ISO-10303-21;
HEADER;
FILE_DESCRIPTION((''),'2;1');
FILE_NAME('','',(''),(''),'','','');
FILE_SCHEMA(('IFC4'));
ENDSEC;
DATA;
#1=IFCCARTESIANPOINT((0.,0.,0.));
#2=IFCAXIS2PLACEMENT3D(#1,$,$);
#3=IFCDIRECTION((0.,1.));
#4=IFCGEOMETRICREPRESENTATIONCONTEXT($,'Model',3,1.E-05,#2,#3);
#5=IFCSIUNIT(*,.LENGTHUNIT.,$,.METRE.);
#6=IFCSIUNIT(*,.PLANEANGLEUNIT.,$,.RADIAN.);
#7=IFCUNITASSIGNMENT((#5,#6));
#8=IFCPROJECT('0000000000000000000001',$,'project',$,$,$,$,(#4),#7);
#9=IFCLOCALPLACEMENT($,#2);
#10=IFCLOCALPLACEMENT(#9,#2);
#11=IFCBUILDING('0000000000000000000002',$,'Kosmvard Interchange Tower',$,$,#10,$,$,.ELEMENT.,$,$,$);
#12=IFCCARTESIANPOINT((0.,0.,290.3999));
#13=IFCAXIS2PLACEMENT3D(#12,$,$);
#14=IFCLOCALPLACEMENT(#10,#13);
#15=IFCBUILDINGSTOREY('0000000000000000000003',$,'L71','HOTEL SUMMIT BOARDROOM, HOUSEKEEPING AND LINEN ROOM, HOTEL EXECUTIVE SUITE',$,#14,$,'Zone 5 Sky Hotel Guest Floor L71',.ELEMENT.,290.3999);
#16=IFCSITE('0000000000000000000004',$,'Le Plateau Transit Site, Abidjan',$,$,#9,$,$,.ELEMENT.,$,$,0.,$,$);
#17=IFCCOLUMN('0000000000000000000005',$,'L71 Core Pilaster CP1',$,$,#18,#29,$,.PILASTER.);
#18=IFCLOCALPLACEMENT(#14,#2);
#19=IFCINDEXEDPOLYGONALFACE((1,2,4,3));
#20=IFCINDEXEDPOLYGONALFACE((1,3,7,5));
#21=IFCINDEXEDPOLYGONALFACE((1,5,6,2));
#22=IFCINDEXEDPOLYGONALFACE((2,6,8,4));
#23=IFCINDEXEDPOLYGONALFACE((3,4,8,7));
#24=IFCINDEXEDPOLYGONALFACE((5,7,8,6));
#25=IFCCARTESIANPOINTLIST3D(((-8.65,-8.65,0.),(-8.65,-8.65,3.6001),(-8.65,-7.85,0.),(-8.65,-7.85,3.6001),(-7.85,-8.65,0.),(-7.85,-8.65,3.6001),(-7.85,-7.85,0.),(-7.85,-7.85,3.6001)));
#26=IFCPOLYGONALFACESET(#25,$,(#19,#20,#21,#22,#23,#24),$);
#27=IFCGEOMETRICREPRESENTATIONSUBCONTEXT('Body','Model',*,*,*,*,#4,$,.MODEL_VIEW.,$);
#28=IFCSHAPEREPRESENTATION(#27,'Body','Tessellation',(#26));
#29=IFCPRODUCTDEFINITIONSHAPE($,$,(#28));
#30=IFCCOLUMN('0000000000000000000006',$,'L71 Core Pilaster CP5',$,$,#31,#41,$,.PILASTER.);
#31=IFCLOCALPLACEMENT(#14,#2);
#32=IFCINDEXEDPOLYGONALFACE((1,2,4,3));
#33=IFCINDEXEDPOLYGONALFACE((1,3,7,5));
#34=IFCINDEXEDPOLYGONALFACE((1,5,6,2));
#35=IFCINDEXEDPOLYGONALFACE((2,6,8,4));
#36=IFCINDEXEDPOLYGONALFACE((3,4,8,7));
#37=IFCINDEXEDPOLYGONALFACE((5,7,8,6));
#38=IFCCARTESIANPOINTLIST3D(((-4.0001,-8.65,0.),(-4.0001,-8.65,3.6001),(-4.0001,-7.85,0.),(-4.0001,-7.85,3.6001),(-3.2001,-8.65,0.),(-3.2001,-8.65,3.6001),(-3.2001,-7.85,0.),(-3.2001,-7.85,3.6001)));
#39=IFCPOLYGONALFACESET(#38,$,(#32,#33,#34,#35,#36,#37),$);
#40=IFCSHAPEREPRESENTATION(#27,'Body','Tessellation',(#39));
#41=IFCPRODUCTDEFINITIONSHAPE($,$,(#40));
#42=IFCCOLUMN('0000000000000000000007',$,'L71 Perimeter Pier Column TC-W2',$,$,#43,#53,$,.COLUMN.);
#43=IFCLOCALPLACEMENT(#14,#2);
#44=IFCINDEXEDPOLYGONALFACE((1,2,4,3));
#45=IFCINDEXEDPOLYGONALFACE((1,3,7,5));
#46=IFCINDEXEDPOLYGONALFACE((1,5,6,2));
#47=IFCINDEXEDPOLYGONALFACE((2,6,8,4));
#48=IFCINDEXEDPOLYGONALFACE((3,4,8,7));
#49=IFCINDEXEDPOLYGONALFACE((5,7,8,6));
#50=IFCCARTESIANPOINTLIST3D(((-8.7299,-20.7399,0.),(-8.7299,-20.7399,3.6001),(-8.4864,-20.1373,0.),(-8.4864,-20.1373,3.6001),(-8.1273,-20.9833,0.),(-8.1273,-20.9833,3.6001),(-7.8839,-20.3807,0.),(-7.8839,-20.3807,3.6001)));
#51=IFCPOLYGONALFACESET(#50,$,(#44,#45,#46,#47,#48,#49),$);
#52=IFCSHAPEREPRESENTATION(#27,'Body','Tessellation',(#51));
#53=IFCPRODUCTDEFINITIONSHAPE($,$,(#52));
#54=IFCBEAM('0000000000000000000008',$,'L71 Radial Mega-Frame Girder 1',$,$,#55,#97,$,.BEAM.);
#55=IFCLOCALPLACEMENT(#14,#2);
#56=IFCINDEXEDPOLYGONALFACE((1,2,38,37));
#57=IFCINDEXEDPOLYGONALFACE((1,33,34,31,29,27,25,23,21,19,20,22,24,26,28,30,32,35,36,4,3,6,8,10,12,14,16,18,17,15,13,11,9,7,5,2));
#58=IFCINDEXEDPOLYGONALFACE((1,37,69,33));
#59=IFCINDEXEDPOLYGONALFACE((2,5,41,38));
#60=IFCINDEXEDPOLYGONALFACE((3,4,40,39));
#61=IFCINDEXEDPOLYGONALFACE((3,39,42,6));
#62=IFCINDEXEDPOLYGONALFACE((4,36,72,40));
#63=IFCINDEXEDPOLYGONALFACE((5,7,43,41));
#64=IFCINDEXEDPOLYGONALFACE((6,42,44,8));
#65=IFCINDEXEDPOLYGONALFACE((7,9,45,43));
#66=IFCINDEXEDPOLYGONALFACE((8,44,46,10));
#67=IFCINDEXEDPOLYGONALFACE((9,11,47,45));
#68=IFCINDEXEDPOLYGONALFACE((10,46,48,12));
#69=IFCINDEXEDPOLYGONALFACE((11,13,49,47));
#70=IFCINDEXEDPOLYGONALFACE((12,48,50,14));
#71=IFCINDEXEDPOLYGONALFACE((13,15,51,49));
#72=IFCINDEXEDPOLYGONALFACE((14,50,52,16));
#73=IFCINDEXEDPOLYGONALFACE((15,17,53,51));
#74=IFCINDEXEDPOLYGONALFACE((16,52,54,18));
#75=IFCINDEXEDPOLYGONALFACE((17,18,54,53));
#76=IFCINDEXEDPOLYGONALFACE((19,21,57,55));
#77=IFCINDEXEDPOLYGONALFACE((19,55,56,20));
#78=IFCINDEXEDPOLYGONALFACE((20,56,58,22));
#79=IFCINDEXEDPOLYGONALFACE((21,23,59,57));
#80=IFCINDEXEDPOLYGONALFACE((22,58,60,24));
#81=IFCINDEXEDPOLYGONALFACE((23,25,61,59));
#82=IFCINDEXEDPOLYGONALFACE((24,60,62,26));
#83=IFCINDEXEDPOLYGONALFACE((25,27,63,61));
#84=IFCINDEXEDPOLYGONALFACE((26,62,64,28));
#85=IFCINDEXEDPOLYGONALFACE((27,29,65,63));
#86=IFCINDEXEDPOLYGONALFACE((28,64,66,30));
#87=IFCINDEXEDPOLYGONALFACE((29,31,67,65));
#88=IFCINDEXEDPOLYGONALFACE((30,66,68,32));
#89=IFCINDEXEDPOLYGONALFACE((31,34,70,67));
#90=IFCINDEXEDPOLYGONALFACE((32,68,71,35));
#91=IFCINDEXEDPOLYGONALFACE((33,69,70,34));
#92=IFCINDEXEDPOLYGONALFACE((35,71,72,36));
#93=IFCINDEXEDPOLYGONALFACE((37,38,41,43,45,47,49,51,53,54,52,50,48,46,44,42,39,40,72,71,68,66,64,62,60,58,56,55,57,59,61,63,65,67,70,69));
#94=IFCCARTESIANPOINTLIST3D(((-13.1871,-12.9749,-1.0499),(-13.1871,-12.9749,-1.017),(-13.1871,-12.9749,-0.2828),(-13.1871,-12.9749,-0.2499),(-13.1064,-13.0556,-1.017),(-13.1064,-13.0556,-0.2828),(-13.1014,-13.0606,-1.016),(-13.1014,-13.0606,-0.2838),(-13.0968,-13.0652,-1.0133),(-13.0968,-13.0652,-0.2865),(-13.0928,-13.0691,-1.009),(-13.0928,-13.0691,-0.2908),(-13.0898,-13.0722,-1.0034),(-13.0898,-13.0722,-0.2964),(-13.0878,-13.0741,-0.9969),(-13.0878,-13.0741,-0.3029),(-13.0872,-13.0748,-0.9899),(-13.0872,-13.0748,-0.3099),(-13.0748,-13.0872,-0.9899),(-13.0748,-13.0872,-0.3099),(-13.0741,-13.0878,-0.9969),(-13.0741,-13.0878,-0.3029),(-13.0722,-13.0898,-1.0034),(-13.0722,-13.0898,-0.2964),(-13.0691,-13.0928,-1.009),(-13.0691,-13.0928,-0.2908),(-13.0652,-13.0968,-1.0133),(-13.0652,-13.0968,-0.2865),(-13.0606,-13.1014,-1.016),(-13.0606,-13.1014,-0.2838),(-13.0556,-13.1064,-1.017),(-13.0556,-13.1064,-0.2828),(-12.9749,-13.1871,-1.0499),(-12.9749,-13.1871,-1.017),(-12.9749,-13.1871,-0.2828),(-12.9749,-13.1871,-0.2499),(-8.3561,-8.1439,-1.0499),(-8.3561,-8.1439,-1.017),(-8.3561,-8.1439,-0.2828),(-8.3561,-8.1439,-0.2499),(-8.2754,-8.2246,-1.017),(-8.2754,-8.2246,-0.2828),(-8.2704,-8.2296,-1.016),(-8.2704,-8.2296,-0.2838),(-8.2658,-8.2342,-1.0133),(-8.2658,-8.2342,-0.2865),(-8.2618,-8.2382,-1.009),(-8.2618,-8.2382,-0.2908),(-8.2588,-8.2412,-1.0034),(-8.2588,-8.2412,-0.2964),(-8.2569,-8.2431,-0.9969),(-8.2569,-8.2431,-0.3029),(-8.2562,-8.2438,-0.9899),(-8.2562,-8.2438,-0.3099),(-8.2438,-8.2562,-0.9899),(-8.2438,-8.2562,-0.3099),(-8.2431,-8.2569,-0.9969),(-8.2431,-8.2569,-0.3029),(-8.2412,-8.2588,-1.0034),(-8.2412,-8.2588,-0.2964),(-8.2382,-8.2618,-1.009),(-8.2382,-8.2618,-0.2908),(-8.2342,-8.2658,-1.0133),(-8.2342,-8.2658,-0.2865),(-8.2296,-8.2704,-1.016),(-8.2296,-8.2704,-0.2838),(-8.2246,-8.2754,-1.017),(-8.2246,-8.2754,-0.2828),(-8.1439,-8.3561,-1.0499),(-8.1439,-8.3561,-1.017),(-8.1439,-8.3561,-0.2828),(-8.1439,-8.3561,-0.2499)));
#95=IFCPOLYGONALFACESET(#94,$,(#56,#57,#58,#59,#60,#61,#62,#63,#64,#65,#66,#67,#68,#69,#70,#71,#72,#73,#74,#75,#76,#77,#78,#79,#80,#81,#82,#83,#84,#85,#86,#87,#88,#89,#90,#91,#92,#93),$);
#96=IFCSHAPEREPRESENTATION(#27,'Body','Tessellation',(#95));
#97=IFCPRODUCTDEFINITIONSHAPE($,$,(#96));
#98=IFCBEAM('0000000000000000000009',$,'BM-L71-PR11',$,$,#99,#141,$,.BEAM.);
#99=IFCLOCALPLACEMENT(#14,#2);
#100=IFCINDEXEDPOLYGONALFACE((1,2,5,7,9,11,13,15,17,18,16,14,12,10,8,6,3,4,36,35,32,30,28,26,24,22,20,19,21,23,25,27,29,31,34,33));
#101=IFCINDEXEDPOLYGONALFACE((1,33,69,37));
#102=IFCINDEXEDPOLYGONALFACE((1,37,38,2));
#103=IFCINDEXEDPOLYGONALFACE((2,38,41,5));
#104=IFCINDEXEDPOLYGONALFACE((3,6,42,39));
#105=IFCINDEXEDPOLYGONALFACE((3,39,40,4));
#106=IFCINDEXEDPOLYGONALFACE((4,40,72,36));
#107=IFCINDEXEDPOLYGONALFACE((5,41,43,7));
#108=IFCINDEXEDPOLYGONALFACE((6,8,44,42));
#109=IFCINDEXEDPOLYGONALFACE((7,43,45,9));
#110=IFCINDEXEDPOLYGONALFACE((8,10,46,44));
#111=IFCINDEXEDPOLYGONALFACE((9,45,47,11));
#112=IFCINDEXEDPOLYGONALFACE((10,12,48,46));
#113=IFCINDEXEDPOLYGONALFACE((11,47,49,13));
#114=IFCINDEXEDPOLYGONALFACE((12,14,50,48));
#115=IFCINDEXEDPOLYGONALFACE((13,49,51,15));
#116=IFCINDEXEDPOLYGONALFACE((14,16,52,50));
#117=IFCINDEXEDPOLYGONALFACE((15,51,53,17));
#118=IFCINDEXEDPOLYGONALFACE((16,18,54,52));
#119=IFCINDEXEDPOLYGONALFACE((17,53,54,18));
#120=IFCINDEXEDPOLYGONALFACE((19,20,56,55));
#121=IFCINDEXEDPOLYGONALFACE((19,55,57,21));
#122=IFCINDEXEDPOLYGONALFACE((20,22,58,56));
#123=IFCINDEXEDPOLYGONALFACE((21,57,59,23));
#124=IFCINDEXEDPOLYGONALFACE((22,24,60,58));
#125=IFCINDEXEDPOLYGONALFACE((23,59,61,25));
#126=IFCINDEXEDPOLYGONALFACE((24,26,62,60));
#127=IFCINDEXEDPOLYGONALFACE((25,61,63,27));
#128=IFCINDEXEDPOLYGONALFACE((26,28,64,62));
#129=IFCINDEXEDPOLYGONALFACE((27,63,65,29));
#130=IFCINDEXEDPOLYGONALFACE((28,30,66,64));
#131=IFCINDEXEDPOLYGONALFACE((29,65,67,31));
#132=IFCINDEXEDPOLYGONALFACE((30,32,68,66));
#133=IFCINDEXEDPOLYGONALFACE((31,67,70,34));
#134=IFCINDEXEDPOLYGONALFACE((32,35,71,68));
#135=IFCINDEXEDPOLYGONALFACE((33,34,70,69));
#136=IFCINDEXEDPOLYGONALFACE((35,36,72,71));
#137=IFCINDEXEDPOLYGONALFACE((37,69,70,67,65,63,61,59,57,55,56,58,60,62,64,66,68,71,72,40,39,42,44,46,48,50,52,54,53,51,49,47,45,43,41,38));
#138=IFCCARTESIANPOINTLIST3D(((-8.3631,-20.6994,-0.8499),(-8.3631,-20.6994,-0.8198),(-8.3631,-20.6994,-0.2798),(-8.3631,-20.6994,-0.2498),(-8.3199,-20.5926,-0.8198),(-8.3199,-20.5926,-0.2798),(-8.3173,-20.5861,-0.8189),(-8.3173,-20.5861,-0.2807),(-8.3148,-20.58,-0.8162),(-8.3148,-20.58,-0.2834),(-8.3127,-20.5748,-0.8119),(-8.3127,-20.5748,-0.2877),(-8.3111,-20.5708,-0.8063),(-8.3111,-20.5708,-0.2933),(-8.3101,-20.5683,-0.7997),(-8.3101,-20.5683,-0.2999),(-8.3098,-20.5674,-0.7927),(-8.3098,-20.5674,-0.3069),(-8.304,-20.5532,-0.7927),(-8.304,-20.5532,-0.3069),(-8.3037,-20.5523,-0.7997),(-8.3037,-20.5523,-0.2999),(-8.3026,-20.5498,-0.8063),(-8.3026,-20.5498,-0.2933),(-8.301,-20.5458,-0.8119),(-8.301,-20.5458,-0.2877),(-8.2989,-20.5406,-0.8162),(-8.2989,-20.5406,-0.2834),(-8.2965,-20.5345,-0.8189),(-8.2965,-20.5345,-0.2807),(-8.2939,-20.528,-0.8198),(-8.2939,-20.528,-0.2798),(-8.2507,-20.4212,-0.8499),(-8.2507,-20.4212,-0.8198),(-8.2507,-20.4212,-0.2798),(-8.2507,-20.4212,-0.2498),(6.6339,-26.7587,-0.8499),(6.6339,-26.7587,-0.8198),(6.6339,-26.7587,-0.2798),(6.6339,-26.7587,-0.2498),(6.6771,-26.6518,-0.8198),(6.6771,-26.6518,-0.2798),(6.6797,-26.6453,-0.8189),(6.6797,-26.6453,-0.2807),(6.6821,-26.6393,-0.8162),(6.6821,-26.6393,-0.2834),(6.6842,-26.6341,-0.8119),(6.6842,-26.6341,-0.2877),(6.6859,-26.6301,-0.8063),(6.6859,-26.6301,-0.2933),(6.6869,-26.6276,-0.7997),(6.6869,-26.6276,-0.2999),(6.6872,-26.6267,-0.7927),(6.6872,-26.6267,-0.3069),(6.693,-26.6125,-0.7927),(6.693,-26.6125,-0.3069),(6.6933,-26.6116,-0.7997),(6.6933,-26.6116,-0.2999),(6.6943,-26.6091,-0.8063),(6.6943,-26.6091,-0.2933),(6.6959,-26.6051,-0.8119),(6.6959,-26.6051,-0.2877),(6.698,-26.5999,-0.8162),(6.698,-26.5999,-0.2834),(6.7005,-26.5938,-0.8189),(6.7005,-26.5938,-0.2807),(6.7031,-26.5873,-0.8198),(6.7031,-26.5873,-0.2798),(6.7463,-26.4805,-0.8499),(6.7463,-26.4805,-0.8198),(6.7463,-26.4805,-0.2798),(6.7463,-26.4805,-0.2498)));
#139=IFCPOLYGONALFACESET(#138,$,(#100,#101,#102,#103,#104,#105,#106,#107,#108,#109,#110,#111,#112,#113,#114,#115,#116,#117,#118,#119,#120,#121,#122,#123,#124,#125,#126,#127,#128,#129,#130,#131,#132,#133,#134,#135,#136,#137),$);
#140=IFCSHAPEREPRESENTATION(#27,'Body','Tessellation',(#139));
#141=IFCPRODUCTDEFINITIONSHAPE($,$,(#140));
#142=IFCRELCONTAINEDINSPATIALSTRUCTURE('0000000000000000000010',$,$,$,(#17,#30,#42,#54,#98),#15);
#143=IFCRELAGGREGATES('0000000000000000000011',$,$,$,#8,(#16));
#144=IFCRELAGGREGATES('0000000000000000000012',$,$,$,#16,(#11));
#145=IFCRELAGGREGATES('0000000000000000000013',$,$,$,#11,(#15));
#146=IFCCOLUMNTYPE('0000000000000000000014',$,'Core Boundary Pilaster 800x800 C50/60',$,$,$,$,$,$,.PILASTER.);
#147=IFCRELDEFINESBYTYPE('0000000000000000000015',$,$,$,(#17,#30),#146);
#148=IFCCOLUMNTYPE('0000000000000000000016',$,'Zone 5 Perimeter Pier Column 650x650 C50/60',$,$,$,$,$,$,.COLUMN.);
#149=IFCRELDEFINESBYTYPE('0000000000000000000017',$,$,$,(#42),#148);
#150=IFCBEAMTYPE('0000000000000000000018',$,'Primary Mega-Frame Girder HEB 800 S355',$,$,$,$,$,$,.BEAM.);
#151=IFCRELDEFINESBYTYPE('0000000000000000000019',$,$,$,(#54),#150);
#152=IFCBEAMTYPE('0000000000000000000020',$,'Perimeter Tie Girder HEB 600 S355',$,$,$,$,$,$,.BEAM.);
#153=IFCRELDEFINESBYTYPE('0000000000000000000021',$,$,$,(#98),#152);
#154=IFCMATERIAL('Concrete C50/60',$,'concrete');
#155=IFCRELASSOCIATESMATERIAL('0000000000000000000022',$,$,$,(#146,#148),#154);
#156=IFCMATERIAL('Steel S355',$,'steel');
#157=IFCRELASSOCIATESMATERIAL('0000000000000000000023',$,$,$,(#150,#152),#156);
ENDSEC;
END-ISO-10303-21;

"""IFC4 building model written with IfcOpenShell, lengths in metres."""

from ifc_helpers import new_model, si_unit, direction, frame, origin, origin_2d, place, context, subcontext, project, spatial, rectangle, i_section, extrude, source, transform, mapped, material, material_profile, profile_set, type_object, element, save


model = new_model("IFC4")

# Units and contexts
model_context = context("Model", 3, precision=1e-05, world=origin(), true_north=direction((0.0, 1.0)))
body_context = subcontext(model_context, "Body", "Model", "MODEL_VIEW")
ifc_project = project(units=[si_unit("LENGTHUNIT", "METRE"), si_unit("PLANEANGLEUNIT", "RADIAN")], contexts=[model_context])

# Site, building, storey
site_placement = place(None, origin())
site = spatial("IfcSite", under=ifc_project, at=site_placement, Name="Le Plateau Transit Site, Abidjan", CompositionType="ELEMENT", RefElevation=0.0)
building_placement = place(site_placement, origin())
building = spatial("IfcBuilding", under=site, at=building_placement, Name="Kosmvard Interchange Tower", CompositionType="ELEMENT")
storey_placement = place(building_placement, frame((0.0, 0.0, 290.3999)))
storey = spatial("IfcBuildingStorey", under=building, at=storey_placement, Name="L71", Description="HOTEL SUMMIT BOARDROOM, HOUSEKEEPING AND LINEN ROOM, HOTEL EXECUTIVE SUITE", LongName="Zone 5 Sky Hotel Guest Floor L71", CompositionType="ELEMENT", Elevation=290.3999)

# Columns
ifc_material_1 = material(Name="Concrete C50/60", Category="concrete")
ifc_material_profile_1 = material_profile(ifc_material_1, rectangle(XDim=0.8, YDim=0.8, at=origin_2d()), Name="CP 800x800")
ifc_profile_set_1 = profile_set([ifc_material_profile_1], Name="Concrete C50/60")
column_type_1 = type_object("IfcColumnType", Name="Core Boundary Pilaster 800x800 C50/60", PredefinedType="PILASTER", material=ifc_profile_set_1)
shared_shape_1 = source(origin(), body_context, "Body", "SweptSolid", [
    extrude(rectangle(XDim=0.8, YDim=0.8, at=origin_2d()), origin(), (0.0, 0.0, 1.0), 3.6001),
])
for number, where, z_axis, x_axis, name in (
    (1, (-8.25, -8.25, 0.0), (0.0, 0.0, 1.0), (1.0, 0.0, 0.0), "L71 Core Pilaster CP1"),
    (2, (-3.6001, -8.25, 0.0), (0.0, 0.0, 1.0), (1.0, 0.0, 0.0), "L71 Core Pilaster CP5"),
):
    element("IfcColumn", number, at=place(storey_placement, frame(where, z_axis=z_axis, x_axis=x_axis)), inside=storey, type_object=column_type_1, Name=name, PredefinedType="PILASTER", context=body_context, shape_type="MappedRepresentation", body=[
        mapped(shared_shape_1, transform((0.0, 0.0, 0.0), scale=1.0)),
    ])
ifc_material_profile_2 = material_profile(ifc_material_1, rectangle(XDim=0.6499, YDim=0.6499, at=origin_2d()), Name="TC 650x650")
ifc_profile_set_2 = profile_set([ifc_material_profile_2], Name="Concrete C50/60")
column_type_2 = type_object("IfcColumnType", Name="Zone 5 Perimeter Pier Column 650x650 C50/60", PredefinedType="COLUMN", material=ifc_profile_set_2)
shared_shape_2 = source(origin(), body_context, "Body", "SweptSolid", [
    extrude(rectangle(XDim=0.6499, YDim=0.6499, at=origin_2d()), origin(), (0.0, 0.0, 1.0), 3.6001),
])
column_placement = place(storey_placement, frame((-8.3069, -20.5603, 0.0), z_axis=(0.0, 0.0, 1.0), x_axis=(0.374607, 0.927184, 0.0)))
element("IfcColumn", 3, at=column_placement, inside=storey, type_object=column_type_2, Name="L71 Perimeter Pier Column TC-W2", PredefinedType="COLUMN", context=body_context, shape_type="MappedRepresentation", body=[
    mapped(shared_shape_2, transform((0.0, 0.0, 0.0), scale=1.0)),
])

# Beams
ifc_material_2 = material(Name="Steel S355", Category="steel")
ifc_material_profile_3 = material_profile(ifc_material_2, i_section(OverallWidth=0.3, OverallDepth=0.8, WebThickness=0.0176, FlangeThickness=0.033, FilletRadius=0.0271, at=origin_2d()), Name="HEB 800")
ifc_profile_set_3 = profile_set([ifc_material_profile_3], Name="Steel S355")
beam_type_1 = type_object("IfcBeamType", Name="Primary Mega-Frame Girder HEB 800 S355", PredefinedType="BEAM", material=ifc_profile_set_3)
shared_shape_3 = source(origin(), body_context, "Body", "SweptSolid", [
    extrude(i_section(OverallWidth=0.3, OverallDepth=0.8, WebThickness=0.0176, FlangeThickness=0.033, FilletRadius=0.0271, at=origin_2d()), origin(), (0.0, 0.0, 1.0), 6.832),
])
beam_1_placement = place(storey_placement, frame((-8.25, -8.25, -0.6499), z_axis=(-0.707107, -0.707107, 0.0), x_axis=(0.707107, -0.707107, 0.0)))
element("IfcBeam", 4, at=beam_1_placement, inside=storey, type_object=beam_type_1, Name="L71 Radial Mega-Frame Girder 1", PredefinedType="BEAM", context=body_context, shape_type="MappedRepresentation", body=[
    mapped(shared_shape_3, transform((0.0, 0.0, 0.0), scale=1.0)),
])
ifc_material_profile_4 = material_profile(ifc_material_2, i_section(OverallWidth=0.3, OverallDepth=0.6001, WebThickness=0.0154, FlangeThickness=0.03, FilletRadius=0.0271, at=origin_2d()), Name="HEB 600")
ifc_profile_set_4 = profile_set([ifc_material_profile_4], Name="Steel S355")
beam_type_2 = type_object("IfcBeamType", Name="Perimeter Tie Girder HEB 600 S355", PredefinedType="BEAM", material=ifc_profile_set_4)
shared_shape_4 = source(origin(), body_context, "Body", "SweptSolid", [
    extrude(i_section(OverallWidth=0.3, OverallDepth=0.6001, WebThickness=0.0154, FlangeThickness=0.03, FilletRadius=0.0271, at=origin_2d()), origin(), (0.0, 0.0, 1.0), 16.1748),
])
beam_2_placement = place(storey_placement, frame((-8.3069, -20.5603, -0.5498), z_axis=(0.927181, -0.374613, 0.0), x_axis=(0.374613, 0.927181, 0.0)))
element("IfcBeam", 5, at=beam_2_placement, inside=storey, type_object=beam_type_2, Name="BM-L71-PR11", PredefinedType="BEAM", context=body_context, shape_type="MappedRepresentation", body=[
    mapped(shared_shape_4, transform((0.0, 0.0, 0.0), scale=1.0)),
])

save(model, "model.ifc")
